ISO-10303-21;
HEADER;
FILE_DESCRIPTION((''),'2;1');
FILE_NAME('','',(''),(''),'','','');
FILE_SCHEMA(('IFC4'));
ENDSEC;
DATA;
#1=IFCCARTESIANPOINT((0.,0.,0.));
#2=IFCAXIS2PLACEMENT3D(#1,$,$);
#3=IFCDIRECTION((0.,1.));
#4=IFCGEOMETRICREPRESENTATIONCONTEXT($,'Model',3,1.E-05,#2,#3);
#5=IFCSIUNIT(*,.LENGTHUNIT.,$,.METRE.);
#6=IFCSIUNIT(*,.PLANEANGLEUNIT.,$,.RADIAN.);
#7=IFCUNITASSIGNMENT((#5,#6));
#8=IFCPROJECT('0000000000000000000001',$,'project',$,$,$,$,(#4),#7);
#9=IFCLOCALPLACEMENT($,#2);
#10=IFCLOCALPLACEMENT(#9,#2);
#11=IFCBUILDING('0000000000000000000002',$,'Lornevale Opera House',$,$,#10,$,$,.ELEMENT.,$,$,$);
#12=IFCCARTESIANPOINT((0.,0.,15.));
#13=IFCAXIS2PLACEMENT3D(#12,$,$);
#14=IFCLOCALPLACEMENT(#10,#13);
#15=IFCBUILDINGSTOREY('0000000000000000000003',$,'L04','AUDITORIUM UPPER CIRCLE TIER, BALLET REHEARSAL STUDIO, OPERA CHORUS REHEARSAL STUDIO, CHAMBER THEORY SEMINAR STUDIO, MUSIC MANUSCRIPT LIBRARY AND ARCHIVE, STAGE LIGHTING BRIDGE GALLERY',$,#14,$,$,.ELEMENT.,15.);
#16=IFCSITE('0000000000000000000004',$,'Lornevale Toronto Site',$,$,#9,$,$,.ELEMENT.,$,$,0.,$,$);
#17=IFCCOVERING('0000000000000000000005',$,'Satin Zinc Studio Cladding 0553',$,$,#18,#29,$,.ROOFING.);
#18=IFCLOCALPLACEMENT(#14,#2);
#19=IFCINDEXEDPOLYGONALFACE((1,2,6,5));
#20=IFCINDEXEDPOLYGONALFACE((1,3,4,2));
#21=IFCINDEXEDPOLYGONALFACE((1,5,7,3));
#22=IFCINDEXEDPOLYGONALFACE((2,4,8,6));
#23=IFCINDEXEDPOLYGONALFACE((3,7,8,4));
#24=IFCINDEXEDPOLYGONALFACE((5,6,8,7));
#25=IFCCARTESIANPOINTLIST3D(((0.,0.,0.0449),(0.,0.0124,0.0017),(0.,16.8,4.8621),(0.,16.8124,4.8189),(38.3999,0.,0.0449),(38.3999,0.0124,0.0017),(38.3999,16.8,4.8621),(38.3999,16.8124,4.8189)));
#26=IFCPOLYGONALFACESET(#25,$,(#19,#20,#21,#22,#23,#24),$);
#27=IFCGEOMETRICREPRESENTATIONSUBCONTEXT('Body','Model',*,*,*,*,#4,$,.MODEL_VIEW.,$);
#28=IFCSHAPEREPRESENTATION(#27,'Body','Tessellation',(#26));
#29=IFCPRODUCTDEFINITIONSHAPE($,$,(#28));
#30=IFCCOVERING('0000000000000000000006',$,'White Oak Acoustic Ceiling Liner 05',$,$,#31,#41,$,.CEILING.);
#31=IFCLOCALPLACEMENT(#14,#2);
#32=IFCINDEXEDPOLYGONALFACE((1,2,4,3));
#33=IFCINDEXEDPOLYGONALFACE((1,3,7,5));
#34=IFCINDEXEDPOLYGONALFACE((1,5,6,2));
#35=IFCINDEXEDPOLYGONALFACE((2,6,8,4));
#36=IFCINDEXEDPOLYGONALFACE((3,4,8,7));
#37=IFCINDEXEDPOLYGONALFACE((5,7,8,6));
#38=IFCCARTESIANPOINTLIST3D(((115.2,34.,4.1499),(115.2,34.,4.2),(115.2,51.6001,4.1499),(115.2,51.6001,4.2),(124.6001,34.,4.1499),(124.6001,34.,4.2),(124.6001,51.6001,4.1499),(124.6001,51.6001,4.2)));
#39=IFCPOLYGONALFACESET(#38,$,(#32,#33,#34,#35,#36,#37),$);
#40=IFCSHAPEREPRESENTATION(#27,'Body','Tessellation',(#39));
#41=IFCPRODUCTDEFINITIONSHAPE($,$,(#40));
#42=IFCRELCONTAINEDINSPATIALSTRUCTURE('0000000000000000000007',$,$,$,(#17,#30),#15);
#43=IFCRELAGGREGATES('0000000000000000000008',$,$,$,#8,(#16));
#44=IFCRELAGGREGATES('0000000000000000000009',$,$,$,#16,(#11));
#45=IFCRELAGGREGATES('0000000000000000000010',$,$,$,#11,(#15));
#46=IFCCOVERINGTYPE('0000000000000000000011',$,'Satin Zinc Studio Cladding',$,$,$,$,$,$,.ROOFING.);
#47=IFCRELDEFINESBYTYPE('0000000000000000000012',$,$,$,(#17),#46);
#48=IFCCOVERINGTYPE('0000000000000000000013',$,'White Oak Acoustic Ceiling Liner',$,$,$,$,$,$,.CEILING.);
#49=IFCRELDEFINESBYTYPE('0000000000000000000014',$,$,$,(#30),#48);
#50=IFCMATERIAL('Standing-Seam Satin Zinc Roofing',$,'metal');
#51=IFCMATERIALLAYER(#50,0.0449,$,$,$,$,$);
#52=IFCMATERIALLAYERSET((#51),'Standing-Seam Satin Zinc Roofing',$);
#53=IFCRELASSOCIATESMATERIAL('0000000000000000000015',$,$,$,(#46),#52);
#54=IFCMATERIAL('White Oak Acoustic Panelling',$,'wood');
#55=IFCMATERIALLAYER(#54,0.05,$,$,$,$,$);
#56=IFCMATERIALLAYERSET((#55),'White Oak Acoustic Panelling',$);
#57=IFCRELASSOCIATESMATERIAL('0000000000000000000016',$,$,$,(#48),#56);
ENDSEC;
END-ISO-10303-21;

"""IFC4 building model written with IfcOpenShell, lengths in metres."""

from ifc_helpers import new_model, si_unit, direction, frame, origin, place, context, subcontext, project, spatial, polyline, outline, extrude, material, layer, layer_set, type_object, element, save


model = new_model("IFC4")

# Units and contexts
model_context = context("Model", 3, precision=1e-05, world=origin(), true_north=direction((0.0, 1.0)))
body_context = subcontext(model_context, "Body", "Model", "MODEL_VIEW")
ifc_project = project(units=[si_unit("LENGTHUNIT", "METRE"), si_unit("PLANEANGLEUNIT", "RADIAN")], contexts=[model_context])

# Site, building, storey
site_placement = place(None, origin())
site = spatial("IfcSite", under=ifc_project, at=site_placement, Name="Lornevale Toronto Site", CompositionType="ELEMENT", RefElevation=0.0)
building_placement = place(site_placement, origin())
building = spatial("IfcBuilding", under=site, at=building_placement, Name="Lornevale Opera House", CompositionType="ELEMENT")
storey_placement = place(building_placement, frame((0.0, 0.0, 15.0)))
storey = spatial("IfcBuildingStorey", under=building, at=storey_placement, Name="L04", Description="AUDITORIUM UPPER CIRCLE TIER, BALLET REHEARSAL STUDIO, OPERA CHORUS REHEARSAL STUDIO, CHAMBER THEORY SEMINAR STUDIO, MUSIC MANUSCRIPT LIBRARY AND ARCHIVE, STAGE LIGHTING BRIDGE GALLERY", CompositionType="ELEMENT", Elevation=15.0)

# Shared definitions
ifc_material_1 = material(Name="Standing-Seam Satin Zinc Roofing", Category="metal")

# Coverings
ifc_layer_1 = layer(ifc_material_1, 0.0449)
ifc_layer_set_1 = layer_set([ifc_layer_1], Name="Standing-Seam Satin Zinc Roofing")
covering_type_1 = type_object("IfcCoveringType", Name="Satin Zinc Studio Cladding", PredefinedType="ROOFING", material=ifc_layer_set_1)
covering_1_placement = place(storey_placement, frame((0.0, 0.0, 0.0449), z_axis=(0.0, -0.275627, 0.961265), x_axis=(1.0, 0.0, 0.0)))
element("IfcCovering", 1, at=covering_1_placement, inside=storey, type_object=covering_type_1, Name="Satin Zinc Studio Cladding 0553", PredefinedType="ROOFING", context=body_context, shape_type="SweptSolid", body=[
    extrude(outline(polyline([(0.0, 0.0), (38.3999, 0.0), (38.3999, 17.477), (0.0, 17.477), (0.0, 0.0)])), origin(), (0.0, 0.0, -1.0), 0.0449),
])
ifc_material_2 = material(Name="White Oak Acoustic Panelling", Category="wood")
ifc_layer_2 = layer(ifc_material_2, 0.05)
ifc_layer_set_2 = layer_set([ifc_layer_2], Name="White Oak Acoustic Panelling")
covering_type_2 = type_object("IfcCoveringType", Name="White Oak Acoustic Ceiling Liner", PredefinedType="CEILING", material=ifc_layer_set_2)
covering_2_placement = place(storey_placement, frame((0.0, 0.0, 4.1499)))
element("IfcCovering", 2, at=covering_2_placement, inside=storey, type_object=covering_type_2, Name="White Oak Acoustic Ceiling Liner 05", PredefinedType="CEILING", context=body_context, shape_type="SweptSolid", body=[
    extrude(outline(polyline([(115.2, 34.0), (124.6001, 34.0), (124.6001, 51.6001), (115.2, 51.6001), (115.2, 34.0)])), origin(), (0.0, 0.0, 1.0), 0.05),
])

save(model, "model.ifc")
